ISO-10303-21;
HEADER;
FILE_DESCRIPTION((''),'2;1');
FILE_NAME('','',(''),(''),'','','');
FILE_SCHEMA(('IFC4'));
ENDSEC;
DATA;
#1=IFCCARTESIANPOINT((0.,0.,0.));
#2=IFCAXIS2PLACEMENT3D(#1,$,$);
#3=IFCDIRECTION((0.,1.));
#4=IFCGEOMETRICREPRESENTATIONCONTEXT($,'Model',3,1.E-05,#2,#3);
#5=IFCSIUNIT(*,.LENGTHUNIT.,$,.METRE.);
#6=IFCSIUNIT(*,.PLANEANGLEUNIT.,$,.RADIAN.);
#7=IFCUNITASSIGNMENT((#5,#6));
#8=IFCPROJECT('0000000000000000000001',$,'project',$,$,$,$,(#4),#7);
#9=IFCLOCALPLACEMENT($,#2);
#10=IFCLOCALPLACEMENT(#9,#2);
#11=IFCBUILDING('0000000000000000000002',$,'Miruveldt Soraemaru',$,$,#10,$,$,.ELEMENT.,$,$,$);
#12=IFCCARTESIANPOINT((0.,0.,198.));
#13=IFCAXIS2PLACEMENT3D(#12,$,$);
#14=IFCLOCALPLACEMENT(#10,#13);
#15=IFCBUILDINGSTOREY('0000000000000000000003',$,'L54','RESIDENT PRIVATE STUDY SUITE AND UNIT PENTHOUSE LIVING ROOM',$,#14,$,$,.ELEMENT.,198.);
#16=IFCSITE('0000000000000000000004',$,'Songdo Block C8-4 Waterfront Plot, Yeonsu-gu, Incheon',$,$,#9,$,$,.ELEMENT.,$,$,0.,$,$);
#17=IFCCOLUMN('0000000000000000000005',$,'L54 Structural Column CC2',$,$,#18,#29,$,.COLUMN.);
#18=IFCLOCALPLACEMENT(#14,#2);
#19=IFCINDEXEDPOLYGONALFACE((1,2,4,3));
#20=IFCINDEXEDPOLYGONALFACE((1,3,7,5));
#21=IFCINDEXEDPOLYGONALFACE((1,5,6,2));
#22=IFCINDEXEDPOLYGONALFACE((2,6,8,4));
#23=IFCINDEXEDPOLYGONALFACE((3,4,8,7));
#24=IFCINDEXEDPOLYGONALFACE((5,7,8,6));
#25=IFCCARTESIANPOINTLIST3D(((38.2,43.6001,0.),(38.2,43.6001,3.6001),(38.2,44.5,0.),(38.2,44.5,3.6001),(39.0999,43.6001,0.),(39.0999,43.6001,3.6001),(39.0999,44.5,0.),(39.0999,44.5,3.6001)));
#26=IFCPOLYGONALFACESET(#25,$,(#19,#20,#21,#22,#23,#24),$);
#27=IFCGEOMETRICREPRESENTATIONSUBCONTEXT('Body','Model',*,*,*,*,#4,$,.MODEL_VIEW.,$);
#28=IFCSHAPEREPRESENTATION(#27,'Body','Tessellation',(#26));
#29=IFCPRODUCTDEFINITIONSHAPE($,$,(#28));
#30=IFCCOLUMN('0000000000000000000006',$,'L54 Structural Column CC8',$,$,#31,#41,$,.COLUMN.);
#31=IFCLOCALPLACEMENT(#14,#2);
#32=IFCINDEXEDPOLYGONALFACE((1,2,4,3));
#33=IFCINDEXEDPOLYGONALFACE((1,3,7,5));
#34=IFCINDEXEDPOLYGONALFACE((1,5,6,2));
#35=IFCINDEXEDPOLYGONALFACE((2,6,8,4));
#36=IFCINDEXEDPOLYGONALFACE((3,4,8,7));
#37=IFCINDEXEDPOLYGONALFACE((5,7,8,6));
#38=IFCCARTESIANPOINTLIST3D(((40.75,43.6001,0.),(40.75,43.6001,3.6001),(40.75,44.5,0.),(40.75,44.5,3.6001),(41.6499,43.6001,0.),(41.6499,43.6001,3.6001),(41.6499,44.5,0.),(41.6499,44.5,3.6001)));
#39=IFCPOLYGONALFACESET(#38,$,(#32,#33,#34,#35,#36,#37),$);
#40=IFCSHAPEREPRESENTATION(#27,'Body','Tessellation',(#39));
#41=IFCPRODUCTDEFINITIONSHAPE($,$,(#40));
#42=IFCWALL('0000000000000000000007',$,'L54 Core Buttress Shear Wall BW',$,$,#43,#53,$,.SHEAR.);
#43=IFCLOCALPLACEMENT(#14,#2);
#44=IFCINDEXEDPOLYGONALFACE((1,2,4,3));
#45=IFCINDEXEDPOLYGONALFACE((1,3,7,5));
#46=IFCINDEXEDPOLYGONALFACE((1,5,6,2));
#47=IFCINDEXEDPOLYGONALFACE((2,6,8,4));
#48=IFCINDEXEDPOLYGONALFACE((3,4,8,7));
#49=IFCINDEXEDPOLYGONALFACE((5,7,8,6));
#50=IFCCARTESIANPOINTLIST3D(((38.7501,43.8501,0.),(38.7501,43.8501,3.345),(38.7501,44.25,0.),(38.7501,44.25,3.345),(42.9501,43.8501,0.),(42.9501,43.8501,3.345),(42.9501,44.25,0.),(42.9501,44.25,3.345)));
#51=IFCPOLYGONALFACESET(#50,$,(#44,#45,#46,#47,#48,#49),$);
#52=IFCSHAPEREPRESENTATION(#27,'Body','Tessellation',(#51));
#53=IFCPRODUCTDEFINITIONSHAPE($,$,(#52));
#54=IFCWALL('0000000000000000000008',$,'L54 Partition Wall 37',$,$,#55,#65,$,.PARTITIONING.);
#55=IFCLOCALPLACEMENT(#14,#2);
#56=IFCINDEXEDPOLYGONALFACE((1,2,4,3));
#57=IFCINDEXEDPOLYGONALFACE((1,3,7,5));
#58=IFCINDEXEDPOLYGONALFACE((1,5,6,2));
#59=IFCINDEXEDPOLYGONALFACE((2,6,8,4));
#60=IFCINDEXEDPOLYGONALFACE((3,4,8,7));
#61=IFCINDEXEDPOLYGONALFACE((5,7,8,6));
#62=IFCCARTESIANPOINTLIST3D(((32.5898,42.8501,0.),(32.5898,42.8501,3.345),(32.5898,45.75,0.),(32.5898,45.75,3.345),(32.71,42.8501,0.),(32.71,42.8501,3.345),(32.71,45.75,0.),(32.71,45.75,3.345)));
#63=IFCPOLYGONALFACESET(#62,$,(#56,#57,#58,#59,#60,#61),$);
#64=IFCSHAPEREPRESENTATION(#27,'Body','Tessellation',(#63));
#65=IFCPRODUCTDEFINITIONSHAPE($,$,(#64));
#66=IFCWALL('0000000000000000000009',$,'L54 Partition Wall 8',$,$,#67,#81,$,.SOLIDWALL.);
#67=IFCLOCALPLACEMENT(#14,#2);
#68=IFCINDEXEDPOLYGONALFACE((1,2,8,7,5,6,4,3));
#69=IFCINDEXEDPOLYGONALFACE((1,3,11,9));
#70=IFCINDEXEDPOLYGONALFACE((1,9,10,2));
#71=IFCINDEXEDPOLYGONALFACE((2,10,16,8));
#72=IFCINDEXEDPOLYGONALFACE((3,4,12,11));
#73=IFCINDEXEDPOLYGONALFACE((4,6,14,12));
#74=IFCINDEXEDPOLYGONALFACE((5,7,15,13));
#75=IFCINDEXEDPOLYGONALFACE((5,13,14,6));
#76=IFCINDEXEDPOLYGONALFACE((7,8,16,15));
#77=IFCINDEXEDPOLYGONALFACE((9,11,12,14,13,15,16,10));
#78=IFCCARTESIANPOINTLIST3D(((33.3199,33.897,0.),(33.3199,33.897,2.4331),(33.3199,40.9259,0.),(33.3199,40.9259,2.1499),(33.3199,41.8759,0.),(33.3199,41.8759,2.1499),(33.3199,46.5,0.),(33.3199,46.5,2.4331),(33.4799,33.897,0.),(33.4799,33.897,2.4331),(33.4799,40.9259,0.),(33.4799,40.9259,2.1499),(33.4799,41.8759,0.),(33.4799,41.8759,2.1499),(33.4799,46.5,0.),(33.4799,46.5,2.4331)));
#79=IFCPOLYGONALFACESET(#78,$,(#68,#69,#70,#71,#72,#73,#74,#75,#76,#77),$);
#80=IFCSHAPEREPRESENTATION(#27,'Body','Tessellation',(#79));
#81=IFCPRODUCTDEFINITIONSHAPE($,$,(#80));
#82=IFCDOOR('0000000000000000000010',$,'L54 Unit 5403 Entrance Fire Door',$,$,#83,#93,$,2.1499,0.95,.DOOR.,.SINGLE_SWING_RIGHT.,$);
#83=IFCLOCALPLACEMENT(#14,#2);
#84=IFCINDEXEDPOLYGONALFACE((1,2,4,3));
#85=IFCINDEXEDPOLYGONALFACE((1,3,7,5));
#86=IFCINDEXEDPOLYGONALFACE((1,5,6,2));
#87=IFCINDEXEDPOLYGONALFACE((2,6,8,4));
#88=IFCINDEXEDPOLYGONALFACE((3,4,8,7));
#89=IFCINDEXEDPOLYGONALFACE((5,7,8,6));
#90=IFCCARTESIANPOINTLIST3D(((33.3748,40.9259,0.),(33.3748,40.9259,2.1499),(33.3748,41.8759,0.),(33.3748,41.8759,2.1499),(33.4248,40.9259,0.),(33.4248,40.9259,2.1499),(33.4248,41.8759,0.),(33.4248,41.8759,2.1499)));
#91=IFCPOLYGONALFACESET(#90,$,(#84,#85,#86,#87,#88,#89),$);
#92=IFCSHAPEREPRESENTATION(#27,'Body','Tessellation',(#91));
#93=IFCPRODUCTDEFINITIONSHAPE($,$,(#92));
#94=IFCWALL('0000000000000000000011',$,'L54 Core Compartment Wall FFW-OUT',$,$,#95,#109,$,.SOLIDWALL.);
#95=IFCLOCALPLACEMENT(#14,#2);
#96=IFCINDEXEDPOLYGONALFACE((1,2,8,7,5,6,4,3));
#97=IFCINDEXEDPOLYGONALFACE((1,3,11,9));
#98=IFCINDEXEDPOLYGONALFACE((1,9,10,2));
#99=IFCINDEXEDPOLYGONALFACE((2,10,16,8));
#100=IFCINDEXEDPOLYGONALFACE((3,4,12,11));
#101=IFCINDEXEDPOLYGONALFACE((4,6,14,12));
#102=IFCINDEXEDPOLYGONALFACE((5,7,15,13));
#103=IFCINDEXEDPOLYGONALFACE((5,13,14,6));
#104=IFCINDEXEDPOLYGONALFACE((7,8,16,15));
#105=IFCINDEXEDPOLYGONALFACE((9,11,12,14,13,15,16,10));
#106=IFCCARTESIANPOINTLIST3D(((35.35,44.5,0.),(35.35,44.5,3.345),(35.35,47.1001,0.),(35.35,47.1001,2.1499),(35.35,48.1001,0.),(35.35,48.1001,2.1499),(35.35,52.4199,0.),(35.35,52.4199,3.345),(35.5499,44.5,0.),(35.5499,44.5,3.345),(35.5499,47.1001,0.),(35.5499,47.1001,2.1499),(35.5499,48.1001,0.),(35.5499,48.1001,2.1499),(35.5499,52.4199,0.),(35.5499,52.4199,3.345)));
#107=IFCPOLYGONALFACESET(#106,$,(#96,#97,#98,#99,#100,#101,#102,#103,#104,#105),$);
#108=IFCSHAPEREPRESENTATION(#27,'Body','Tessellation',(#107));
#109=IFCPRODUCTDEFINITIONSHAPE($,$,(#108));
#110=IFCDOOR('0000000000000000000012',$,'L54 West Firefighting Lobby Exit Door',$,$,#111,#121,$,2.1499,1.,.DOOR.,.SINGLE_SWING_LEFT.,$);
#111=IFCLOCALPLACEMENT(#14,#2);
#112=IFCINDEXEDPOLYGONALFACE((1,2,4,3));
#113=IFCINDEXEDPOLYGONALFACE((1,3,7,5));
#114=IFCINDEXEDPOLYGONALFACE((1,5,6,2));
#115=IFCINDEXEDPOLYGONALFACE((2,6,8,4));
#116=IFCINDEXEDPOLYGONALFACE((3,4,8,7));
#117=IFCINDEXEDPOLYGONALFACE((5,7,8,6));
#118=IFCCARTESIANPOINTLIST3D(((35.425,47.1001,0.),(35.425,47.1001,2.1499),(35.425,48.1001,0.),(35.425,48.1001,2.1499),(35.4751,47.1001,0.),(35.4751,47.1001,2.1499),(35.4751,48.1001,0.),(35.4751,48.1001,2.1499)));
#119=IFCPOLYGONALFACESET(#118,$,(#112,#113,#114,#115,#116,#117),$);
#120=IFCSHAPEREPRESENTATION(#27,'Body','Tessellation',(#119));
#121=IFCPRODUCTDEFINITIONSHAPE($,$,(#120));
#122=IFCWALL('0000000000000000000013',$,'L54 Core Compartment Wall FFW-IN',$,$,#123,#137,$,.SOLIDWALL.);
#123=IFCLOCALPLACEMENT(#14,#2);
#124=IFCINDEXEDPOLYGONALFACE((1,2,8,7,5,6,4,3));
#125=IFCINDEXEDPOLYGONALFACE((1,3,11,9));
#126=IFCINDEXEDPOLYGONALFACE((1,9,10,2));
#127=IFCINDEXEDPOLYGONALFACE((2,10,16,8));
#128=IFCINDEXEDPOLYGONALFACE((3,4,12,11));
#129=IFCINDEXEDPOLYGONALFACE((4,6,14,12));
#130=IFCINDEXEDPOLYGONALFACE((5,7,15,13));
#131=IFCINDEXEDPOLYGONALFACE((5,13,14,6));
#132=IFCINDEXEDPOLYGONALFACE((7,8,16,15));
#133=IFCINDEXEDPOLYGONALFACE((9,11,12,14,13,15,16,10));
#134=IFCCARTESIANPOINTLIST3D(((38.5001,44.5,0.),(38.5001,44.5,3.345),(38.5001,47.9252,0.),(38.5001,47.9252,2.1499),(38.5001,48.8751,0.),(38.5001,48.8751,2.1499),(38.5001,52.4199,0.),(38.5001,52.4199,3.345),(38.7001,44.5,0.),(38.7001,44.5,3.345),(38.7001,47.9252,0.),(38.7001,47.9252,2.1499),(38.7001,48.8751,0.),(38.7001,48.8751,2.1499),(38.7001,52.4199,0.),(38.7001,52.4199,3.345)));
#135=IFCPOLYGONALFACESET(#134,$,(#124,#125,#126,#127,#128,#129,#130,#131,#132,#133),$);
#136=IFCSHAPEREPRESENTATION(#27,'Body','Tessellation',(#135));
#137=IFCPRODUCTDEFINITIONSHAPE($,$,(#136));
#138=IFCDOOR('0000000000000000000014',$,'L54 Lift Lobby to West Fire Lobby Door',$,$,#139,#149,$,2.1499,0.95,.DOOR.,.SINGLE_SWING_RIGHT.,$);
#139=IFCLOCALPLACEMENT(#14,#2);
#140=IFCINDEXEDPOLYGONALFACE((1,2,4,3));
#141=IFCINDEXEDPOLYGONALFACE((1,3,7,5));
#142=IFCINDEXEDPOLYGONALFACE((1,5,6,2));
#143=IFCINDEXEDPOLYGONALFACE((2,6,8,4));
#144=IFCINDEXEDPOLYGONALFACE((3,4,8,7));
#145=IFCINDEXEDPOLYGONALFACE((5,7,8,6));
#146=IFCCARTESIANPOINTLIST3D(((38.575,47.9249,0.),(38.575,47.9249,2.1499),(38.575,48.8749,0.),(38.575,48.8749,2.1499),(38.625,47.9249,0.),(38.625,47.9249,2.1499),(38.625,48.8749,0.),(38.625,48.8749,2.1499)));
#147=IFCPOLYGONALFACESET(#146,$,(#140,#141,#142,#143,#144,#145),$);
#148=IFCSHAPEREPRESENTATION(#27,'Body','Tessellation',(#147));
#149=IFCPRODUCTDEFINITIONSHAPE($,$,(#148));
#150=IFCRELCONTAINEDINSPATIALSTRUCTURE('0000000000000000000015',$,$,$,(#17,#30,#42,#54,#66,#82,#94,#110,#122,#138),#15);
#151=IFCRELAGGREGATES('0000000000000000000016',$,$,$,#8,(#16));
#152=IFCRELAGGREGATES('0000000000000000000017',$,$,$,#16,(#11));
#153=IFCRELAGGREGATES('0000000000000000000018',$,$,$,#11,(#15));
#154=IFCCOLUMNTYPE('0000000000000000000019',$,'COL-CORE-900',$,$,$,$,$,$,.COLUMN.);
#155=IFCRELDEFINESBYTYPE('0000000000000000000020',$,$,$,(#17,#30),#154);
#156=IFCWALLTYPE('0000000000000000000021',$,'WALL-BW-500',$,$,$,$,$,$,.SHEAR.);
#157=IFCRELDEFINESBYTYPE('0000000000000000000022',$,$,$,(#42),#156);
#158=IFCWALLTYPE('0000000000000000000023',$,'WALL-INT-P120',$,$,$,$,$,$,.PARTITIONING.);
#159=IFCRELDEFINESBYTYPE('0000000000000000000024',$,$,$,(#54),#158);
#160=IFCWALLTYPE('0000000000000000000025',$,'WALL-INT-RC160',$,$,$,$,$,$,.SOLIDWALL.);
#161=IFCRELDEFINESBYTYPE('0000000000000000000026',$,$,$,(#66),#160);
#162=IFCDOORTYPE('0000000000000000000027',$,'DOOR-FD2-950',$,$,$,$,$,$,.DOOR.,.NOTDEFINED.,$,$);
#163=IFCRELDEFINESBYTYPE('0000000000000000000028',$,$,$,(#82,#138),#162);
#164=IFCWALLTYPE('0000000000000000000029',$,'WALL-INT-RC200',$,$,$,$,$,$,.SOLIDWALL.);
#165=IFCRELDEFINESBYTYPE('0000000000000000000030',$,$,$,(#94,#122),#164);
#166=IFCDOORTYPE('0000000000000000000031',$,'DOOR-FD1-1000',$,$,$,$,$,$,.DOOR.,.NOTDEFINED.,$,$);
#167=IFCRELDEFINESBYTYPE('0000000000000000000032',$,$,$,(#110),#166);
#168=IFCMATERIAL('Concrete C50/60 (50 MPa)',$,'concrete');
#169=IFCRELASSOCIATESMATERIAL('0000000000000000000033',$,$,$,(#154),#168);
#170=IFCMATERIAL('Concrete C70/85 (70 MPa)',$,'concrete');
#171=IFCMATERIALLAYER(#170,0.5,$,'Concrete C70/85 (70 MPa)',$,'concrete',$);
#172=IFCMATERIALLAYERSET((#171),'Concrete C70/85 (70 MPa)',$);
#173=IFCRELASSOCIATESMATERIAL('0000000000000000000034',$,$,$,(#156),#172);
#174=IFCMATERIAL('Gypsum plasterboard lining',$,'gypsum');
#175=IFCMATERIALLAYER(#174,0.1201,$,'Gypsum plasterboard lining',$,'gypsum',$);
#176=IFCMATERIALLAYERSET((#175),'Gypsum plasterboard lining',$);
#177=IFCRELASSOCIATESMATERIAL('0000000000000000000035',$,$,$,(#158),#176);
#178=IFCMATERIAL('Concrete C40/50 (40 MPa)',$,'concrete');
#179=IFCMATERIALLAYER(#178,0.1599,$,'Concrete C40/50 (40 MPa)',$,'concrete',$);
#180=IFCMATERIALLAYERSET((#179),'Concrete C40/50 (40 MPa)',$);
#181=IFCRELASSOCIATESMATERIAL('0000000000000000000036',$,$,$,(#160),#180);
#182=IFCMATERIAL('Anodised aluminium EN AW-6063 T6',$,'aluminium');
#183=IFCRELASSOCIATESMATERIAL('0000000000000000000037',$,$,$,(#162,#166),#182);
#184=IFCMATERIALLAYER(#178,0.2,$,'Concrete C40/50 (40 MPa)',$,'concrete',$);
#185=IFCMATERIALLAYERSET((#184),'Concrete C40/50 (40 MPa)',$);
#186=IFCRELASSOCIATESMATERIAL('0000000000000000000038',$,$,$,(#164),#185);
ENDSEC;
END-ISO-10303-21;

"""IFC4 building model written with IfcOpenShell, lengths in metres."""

from ifc_helpers import new_model, si_unit, direction, frame, frame_2d, origin, origin_2d, place, context, subcontext, project, spatial, rectangle, extrude, material, layer, layer_set, material_profile, profile_set, type_object, element, fill, save


model = new_model("IFC4")

# Units and contexts
model_context = context("Model", 3, precision=1e-05, world=origin(), true_north=direction((0.0, 1.0)))
body_context = subcontext(model_context, "Body", "Model", "MODEL_VIEW")
ifc_project = project(units=[si_unit("LENGTHUNIT", "METRE"), si_unit("PLANEANGLEUNIT", "RADIAN")], contexts=[model_context])

# Site, building, storey
site_placement = place(None, origin())
site = spatial("IfcSite", under=ifc_project, at=site_placement, Name="Songdo Block C8-4 Waterfront Plot, Yeonsu-gu, Incheon", CompositionType="ELEMENT", RefElevation=0.0)
building_placement = place(site_placement, origin())
building = spatial("IfcBuilding", under=site, at=building_placement, Name="Miruveldt Soraemaru", CompositionType="ELEMENT")
storey_placement = place(building_placement, frame((0.0, 0.0, 198.0)))
storey = spatial("IfcBuildingStorey", under=building, at=storey_placement, Name="L54", Description="RESIDENT PRIVATE STUDY SUITE AND UNIT PENTHOUSE LIVING ROOM", CompositionType="ELEMENT", Elevation=198.0)

# Columns
ifc_material_1 = material(Name="Concrete C50/60 (50 MPa)", Category="concrete")
ifc_material_profile = material_profile(ifc_material_1, rectangle(XDim=0.8999, YDim=0.8999, at=origin_2d()), Name="Concrete C50/60 (50 MPa)", Category="concrete")
ifc_profile_set = profile_set([ifc_material_profile], Name="Concrete C50/60 (50 MPa)")
column_type = type_object("IfcColumnType", Name="COL-CORE-900", PredefinedType="COLUMN", material=ifc_profile_set)
for number, where, z_axis, x_axis, name in (
    (1, (38.6499, 44.05, 0.0), (0.0, 0.0, 1.0), (1.0, 0.0, 0.0), "L54 Structural Column CC2"),
    (2, (41.2, 44.05, 0.0), (0.0, 0.0, 1.0), (1.0, 0.0, 0.0), "L54 Structural Column CC8"),
):
    element("IfcColumn", number, at=place(storey_placement, frame(where, z_axis=z_axis, x_axis=x_axis)), inside=storey, type_object=column_type, Name=name, PredefinedType="COLUMN", context=body_context, shape_type="SweptSolid", body=[
        extrude(rectangle(XDim=0.8999, YDim=0.8999, at=origin_2d()), origin(), (0.0, 0.0, 1.0), 3.6001),
    ])

# Walls
ifc_material_2 = material(Name="Concrete C70/85 (70 MPa)", Category="concrete")
ifc_layer_1 = layer(ifc_material_2, 0.5, Name="Concrete C70/85 (70 MPa)", Category="concrete")
ifc_layer_set_1 = layer_set([ifc_layer_1], Name="Concrete C70/85 (70 MPa)")
wall_type_1 = type_object("IfcWallType", Name="WALL-BW-500", PredefinedType="SHEAR", material=ifc_layer_set_1)
wall_1_placement = place(storey_placement, frame((38.75, 44.05, 0.0), z_axis=(0.0, 0.0, 1.0), x_axis=(1.0, 0.0, 0.0)))
element("IfcWall", 3, at=wall_1_placement, inside=storey, type_object=wall_type_1, Name="L54 Core Buttress Shear Wall BW", PredefinedType="SHEAR", context=body_context, shape_type="SweptSolid", body=[
    extrude(rectangle(XDim=4.2, YDim=0.3999, at=frame_2d((2.1001, 0.0))), origin(), (0.0, 0.0, 1.0), 3.345),
])
ifc_material_3 = material(Name="Gypsum plasterboard lining", Category="gypsum")
ifc_layer_2 = layer(ifc_material_3, 0.1201, Name="Gypsum plasterboard lining", Category="gypsum")
ifc_layer_set_2 = layer_set([ifc_layer_2], Name="Gypsum plasterboard lining")
wall_type_2 = type_object("IfcWallType", Name="WALL-INT-P120", PredefinedType="PARTITIONING", material=ifc_layer_set_2)
wall_2_placement = place(storey_placement, frame((32.6499, 45.75, 0.0), z_axis=(0.0, 0.0, 1.0), x_axis=(0.0, -1.0, 0.0)))
element("IfcWall", 4, at=wall_2_placement, inside=storey, type_object=wall_type_2, Name="L54 Partition Wall 37", PredefinedType="PARTITIONING", context=body_context, shape_type="SweptSolid", body=[
    extrude(rectangle(XDim=2.8999, YDim=0.1201, at=frame_2d((1.45, 0.0))), origin(), (0.0, 0.0, 1.0), 3.345),
])

# Walls, openings, doors
ifc_material_4 = material(Name="Concrete C40/50 (40 MPa)", Category="concrete")
ifc_layer_3 = layer(ifc_material_4, 0.1599, Name="Concrete C40/50 (40 MPa)", Category="concrete")
ifc_layer_set_3 = layer_set([ifc_layer_3], Name="Concrete C40/50 (40 MPa)")
wall_type_3 = type_object("IfcWallType", Name="WALL-INT-RC160", PredefinedType="SOLIDWALL", material=ifc_layer_set_3)
wall_3_placement = place(storey_placement, frame((33.3999, 46.5, 0.0), z_axis=(0.0, 0.0, 1.0), x_axis=(0.0, -1.0, 0.0)))
wall_3 = element("IfcWall", 5, at=wall_3_placement, inside=storey, type_object=wall_type_3, Name="L54 Partition Wall 8", PredefinedType="SOLIDWALL", context=body_context, shape_type="SweptSolid", body=[
    extrude(rectangle(XDim=12.603, YDim=0.1599, at=frame_2d((6.3015, 0.0))), origin(), (0.0, 0.0, 1.0), 2.4331),
])
opening_1_placement = place(wall_3_placement, frame((4.624, 0.0, 0.0)))
opening_1 = element("IfcOpeningElement", 6, at=opening_1_placement, cuts=wall_3, PredefinedType="OPENING", context=body_context, shape_type="SweptSolid", body=[
    extrude(rectangle(XDim=0.95, YDim=2.1499, at=frame_2d((0.4751, 1.075))), frame((0.0, 0.0898, 0.0), z_axis=(0.0, -1.0, 0.0), x_axis=(1.0, 0.0, 0.0)), (0.0, 0.0, 1.0), 0.1799),
])
ifc_material_5 = material(Name="Anodised aluminium EN AW-6063 T6", Category="aluminium")
door_type_1 = type_object("IfcDoorType", Name="DOOR-FD2-950", OperationType="NOTDEFINED", PredefinedType="DOOR", material=ifc_material_5)
door_1_placement = place(opening_1_placement, origin())
door_1 = element("IfcDoor", 7, at=door_1_placement, inside=storey, type_object=door_type_1, Name="L54 Unit 5403 Entrance Fire Door", OperationType="SINGLE_SWING_RIGHT", OverallHeight=2.1499, OverallWidth=0.95, PredefinedType="DOOR", context=body_context, shape_type="SweptSolid", body=[
    extrude(rectangle(XDim=0.95, YDim=2.1499, at=frame_2d((0.4751, 1.075))), frame((0.0, 0.0249, 0.0), z_axis=(0.0, -1.0, 0.0), x_axis=(1.0, 0.0, 0.0)), (0.0, 0.0, 1.0), 0.05),
])
fill(opening_1, door_1)
ifc_layer_4 = layer(ifc_material_4, 0.2, Name="Concrete C40/50 (40 MPa)", Category="concrete")
ifc_layer_set_4 = layer_set([ifc_layer_4], Name="Concrete C40/50 (40 MPa)")
wall_type_4 = type_object("IfcWallType", Name="WALL-INT-RC200", PredefinedType="SOLIDWALL", material=ifc_layer_set_4)
wall_4_placement = place(storey_placement, frame((35.45, 44.5, 0.0), z_axis=(0.0, 0.0, 1.0), x_axis=(0.0, 1.0, 0.0)))
wall_4 = element("IfcWall", 8, at=wall_4_placement, inside=storey, type_object=wall_type_4, Name="L54 Core Compartment Wall FFW-OUT", PredefinedType="SOLIDWALL", context=body_context, shape_type="SweptSolid", body=[
    extrude(rectangle(XDim=7.9199, YDim=0.2, at=frame_2d((3.96, 0.0))), origin(), (0.0, 0.0, 1.0), 3.345),
])
opening_2_placement = place(wall_4_placement, frame((2.6001, 0.0, 0.0)))
opening_2 = element("IfcOpeningElement", 9, at=opening_2_placement, cuts=wall_4, PredefinedType="OPENING", context=body_context, shape_type="SweptSolid", body=[
    extrude(rectangle(XDim=1.0, YDim=2.1499, at=frame_2d((0.5, 1.075))), frame((0.0, 0.1099, 0.0), z_axis=(0.0, -1.0, 0.0), x_axis=(1.0, 0.0, 0.0)), (0.0, 0.0, 1.0), 0.22),
])
door_type_2 = type_object("IfcDoorType", Name="DOOR-FD1-1000", OperationType="NOTDEFINED", PredefinedType="DOOR", material=ifc_material_5)
door_2_placement = place(opening_2_placement, origin())
door_2 = element("IfcDoor", 10, at=door_2_placement, inside=storey, type_object=door_type_2, Name="L54 West Firefighting Lobby Exit Door", OperationType="SINGLE_SWING_LEFT", OverallHeight=2.1499, OverallWidth=1.0, PredefinedType="DOOR", context=body_context, shape_type="SweptSolid", body=[
    extrude(rectangle(XDim=1.0, YDim=2.1499, at=frame_2d((0.5, 1.075))), frame((0.0, 0.0249, 0.0), z_axis=(0.0, -1.0, 0.0), x_axis=(1.0, 0.0, 0.0)), (0.0, 0.0, 1.0), 0.05),
])
fill(opening_2, door_2)
wall_5_placement = place(storey_placement, frame((38.6001, 44.5, 0.0), z_axis=(0.0, 0.0, 1.0), x_axis=(0.0, 1.0, 0.0)))
wall_5 = element("IfcWall", 11, at=wall_5_placement, inside=storey, type_object=wall_type_4, Name="L54 Core Compartment Wall FFW-IN", PredefinedType="SOLIDWALL", context=body_context, shape_type="SweptSolid", body=[
    extrude(rectangle(XDim=7.9199, YDim=0.2, at=frame_2d((3.96, 0.0))), origin(), (0.0, 0.0, 1.0), 3.345),
])
opening_3_placement = place(wall_5_placement, frame((3.425, 0.0, 0.0)))
opening_3 = element("IfcOpeningElement", 12, at=opening_3_placement, cuts=wall_5, PredefinedType="OPENING", context=body_context, shape_type="SweptSolid", body=[
    extrude(rectangle(XDim=0.95, YDim=2.1499, at=frame_2d((0.4751, 1.075))), frame((0.0, 0.1099, 0.0), z_axis=(0.0, -1.0, 0.0), x_axis=(1.0, 0.0, 0.0)), (0.0, 0.0, 1.0), 0.22),
])
door_3_placement = place(opening_3_placement, frame((0.95, 0.0, 0.0), z_axis=(0.0, 0.0, 1.0), x_axis=(-1.0, 0.0, 0.0)))
door_3 = element("IfcDoor", 13, at=door_3_placement, inside=storey, type_object=door_type_1, Name="L54 Lift Lobby to West Fire Lobby Door", OperationType="SINGLE_SWING_RIGHT", OverallHeight=2.1499, OverallWidth=0.95, PredefinedType="DOOR", context=body_context, shape_type="SweptSolid", body=[
    extrude(rectangle(XDim=0.95, YDim=2.1499, at=frame_2d((0.4751, 1.075))), frame((0.0, 0.0249, 0.0), z_axis=(0.0, -1.0, 0.0), x_axis=(1.0, 0.0, 0.0)), (0.0, 0.0, 1.0), 0.05),
])
fill(opening_3, door_3)

save(model, "model.ifc")
